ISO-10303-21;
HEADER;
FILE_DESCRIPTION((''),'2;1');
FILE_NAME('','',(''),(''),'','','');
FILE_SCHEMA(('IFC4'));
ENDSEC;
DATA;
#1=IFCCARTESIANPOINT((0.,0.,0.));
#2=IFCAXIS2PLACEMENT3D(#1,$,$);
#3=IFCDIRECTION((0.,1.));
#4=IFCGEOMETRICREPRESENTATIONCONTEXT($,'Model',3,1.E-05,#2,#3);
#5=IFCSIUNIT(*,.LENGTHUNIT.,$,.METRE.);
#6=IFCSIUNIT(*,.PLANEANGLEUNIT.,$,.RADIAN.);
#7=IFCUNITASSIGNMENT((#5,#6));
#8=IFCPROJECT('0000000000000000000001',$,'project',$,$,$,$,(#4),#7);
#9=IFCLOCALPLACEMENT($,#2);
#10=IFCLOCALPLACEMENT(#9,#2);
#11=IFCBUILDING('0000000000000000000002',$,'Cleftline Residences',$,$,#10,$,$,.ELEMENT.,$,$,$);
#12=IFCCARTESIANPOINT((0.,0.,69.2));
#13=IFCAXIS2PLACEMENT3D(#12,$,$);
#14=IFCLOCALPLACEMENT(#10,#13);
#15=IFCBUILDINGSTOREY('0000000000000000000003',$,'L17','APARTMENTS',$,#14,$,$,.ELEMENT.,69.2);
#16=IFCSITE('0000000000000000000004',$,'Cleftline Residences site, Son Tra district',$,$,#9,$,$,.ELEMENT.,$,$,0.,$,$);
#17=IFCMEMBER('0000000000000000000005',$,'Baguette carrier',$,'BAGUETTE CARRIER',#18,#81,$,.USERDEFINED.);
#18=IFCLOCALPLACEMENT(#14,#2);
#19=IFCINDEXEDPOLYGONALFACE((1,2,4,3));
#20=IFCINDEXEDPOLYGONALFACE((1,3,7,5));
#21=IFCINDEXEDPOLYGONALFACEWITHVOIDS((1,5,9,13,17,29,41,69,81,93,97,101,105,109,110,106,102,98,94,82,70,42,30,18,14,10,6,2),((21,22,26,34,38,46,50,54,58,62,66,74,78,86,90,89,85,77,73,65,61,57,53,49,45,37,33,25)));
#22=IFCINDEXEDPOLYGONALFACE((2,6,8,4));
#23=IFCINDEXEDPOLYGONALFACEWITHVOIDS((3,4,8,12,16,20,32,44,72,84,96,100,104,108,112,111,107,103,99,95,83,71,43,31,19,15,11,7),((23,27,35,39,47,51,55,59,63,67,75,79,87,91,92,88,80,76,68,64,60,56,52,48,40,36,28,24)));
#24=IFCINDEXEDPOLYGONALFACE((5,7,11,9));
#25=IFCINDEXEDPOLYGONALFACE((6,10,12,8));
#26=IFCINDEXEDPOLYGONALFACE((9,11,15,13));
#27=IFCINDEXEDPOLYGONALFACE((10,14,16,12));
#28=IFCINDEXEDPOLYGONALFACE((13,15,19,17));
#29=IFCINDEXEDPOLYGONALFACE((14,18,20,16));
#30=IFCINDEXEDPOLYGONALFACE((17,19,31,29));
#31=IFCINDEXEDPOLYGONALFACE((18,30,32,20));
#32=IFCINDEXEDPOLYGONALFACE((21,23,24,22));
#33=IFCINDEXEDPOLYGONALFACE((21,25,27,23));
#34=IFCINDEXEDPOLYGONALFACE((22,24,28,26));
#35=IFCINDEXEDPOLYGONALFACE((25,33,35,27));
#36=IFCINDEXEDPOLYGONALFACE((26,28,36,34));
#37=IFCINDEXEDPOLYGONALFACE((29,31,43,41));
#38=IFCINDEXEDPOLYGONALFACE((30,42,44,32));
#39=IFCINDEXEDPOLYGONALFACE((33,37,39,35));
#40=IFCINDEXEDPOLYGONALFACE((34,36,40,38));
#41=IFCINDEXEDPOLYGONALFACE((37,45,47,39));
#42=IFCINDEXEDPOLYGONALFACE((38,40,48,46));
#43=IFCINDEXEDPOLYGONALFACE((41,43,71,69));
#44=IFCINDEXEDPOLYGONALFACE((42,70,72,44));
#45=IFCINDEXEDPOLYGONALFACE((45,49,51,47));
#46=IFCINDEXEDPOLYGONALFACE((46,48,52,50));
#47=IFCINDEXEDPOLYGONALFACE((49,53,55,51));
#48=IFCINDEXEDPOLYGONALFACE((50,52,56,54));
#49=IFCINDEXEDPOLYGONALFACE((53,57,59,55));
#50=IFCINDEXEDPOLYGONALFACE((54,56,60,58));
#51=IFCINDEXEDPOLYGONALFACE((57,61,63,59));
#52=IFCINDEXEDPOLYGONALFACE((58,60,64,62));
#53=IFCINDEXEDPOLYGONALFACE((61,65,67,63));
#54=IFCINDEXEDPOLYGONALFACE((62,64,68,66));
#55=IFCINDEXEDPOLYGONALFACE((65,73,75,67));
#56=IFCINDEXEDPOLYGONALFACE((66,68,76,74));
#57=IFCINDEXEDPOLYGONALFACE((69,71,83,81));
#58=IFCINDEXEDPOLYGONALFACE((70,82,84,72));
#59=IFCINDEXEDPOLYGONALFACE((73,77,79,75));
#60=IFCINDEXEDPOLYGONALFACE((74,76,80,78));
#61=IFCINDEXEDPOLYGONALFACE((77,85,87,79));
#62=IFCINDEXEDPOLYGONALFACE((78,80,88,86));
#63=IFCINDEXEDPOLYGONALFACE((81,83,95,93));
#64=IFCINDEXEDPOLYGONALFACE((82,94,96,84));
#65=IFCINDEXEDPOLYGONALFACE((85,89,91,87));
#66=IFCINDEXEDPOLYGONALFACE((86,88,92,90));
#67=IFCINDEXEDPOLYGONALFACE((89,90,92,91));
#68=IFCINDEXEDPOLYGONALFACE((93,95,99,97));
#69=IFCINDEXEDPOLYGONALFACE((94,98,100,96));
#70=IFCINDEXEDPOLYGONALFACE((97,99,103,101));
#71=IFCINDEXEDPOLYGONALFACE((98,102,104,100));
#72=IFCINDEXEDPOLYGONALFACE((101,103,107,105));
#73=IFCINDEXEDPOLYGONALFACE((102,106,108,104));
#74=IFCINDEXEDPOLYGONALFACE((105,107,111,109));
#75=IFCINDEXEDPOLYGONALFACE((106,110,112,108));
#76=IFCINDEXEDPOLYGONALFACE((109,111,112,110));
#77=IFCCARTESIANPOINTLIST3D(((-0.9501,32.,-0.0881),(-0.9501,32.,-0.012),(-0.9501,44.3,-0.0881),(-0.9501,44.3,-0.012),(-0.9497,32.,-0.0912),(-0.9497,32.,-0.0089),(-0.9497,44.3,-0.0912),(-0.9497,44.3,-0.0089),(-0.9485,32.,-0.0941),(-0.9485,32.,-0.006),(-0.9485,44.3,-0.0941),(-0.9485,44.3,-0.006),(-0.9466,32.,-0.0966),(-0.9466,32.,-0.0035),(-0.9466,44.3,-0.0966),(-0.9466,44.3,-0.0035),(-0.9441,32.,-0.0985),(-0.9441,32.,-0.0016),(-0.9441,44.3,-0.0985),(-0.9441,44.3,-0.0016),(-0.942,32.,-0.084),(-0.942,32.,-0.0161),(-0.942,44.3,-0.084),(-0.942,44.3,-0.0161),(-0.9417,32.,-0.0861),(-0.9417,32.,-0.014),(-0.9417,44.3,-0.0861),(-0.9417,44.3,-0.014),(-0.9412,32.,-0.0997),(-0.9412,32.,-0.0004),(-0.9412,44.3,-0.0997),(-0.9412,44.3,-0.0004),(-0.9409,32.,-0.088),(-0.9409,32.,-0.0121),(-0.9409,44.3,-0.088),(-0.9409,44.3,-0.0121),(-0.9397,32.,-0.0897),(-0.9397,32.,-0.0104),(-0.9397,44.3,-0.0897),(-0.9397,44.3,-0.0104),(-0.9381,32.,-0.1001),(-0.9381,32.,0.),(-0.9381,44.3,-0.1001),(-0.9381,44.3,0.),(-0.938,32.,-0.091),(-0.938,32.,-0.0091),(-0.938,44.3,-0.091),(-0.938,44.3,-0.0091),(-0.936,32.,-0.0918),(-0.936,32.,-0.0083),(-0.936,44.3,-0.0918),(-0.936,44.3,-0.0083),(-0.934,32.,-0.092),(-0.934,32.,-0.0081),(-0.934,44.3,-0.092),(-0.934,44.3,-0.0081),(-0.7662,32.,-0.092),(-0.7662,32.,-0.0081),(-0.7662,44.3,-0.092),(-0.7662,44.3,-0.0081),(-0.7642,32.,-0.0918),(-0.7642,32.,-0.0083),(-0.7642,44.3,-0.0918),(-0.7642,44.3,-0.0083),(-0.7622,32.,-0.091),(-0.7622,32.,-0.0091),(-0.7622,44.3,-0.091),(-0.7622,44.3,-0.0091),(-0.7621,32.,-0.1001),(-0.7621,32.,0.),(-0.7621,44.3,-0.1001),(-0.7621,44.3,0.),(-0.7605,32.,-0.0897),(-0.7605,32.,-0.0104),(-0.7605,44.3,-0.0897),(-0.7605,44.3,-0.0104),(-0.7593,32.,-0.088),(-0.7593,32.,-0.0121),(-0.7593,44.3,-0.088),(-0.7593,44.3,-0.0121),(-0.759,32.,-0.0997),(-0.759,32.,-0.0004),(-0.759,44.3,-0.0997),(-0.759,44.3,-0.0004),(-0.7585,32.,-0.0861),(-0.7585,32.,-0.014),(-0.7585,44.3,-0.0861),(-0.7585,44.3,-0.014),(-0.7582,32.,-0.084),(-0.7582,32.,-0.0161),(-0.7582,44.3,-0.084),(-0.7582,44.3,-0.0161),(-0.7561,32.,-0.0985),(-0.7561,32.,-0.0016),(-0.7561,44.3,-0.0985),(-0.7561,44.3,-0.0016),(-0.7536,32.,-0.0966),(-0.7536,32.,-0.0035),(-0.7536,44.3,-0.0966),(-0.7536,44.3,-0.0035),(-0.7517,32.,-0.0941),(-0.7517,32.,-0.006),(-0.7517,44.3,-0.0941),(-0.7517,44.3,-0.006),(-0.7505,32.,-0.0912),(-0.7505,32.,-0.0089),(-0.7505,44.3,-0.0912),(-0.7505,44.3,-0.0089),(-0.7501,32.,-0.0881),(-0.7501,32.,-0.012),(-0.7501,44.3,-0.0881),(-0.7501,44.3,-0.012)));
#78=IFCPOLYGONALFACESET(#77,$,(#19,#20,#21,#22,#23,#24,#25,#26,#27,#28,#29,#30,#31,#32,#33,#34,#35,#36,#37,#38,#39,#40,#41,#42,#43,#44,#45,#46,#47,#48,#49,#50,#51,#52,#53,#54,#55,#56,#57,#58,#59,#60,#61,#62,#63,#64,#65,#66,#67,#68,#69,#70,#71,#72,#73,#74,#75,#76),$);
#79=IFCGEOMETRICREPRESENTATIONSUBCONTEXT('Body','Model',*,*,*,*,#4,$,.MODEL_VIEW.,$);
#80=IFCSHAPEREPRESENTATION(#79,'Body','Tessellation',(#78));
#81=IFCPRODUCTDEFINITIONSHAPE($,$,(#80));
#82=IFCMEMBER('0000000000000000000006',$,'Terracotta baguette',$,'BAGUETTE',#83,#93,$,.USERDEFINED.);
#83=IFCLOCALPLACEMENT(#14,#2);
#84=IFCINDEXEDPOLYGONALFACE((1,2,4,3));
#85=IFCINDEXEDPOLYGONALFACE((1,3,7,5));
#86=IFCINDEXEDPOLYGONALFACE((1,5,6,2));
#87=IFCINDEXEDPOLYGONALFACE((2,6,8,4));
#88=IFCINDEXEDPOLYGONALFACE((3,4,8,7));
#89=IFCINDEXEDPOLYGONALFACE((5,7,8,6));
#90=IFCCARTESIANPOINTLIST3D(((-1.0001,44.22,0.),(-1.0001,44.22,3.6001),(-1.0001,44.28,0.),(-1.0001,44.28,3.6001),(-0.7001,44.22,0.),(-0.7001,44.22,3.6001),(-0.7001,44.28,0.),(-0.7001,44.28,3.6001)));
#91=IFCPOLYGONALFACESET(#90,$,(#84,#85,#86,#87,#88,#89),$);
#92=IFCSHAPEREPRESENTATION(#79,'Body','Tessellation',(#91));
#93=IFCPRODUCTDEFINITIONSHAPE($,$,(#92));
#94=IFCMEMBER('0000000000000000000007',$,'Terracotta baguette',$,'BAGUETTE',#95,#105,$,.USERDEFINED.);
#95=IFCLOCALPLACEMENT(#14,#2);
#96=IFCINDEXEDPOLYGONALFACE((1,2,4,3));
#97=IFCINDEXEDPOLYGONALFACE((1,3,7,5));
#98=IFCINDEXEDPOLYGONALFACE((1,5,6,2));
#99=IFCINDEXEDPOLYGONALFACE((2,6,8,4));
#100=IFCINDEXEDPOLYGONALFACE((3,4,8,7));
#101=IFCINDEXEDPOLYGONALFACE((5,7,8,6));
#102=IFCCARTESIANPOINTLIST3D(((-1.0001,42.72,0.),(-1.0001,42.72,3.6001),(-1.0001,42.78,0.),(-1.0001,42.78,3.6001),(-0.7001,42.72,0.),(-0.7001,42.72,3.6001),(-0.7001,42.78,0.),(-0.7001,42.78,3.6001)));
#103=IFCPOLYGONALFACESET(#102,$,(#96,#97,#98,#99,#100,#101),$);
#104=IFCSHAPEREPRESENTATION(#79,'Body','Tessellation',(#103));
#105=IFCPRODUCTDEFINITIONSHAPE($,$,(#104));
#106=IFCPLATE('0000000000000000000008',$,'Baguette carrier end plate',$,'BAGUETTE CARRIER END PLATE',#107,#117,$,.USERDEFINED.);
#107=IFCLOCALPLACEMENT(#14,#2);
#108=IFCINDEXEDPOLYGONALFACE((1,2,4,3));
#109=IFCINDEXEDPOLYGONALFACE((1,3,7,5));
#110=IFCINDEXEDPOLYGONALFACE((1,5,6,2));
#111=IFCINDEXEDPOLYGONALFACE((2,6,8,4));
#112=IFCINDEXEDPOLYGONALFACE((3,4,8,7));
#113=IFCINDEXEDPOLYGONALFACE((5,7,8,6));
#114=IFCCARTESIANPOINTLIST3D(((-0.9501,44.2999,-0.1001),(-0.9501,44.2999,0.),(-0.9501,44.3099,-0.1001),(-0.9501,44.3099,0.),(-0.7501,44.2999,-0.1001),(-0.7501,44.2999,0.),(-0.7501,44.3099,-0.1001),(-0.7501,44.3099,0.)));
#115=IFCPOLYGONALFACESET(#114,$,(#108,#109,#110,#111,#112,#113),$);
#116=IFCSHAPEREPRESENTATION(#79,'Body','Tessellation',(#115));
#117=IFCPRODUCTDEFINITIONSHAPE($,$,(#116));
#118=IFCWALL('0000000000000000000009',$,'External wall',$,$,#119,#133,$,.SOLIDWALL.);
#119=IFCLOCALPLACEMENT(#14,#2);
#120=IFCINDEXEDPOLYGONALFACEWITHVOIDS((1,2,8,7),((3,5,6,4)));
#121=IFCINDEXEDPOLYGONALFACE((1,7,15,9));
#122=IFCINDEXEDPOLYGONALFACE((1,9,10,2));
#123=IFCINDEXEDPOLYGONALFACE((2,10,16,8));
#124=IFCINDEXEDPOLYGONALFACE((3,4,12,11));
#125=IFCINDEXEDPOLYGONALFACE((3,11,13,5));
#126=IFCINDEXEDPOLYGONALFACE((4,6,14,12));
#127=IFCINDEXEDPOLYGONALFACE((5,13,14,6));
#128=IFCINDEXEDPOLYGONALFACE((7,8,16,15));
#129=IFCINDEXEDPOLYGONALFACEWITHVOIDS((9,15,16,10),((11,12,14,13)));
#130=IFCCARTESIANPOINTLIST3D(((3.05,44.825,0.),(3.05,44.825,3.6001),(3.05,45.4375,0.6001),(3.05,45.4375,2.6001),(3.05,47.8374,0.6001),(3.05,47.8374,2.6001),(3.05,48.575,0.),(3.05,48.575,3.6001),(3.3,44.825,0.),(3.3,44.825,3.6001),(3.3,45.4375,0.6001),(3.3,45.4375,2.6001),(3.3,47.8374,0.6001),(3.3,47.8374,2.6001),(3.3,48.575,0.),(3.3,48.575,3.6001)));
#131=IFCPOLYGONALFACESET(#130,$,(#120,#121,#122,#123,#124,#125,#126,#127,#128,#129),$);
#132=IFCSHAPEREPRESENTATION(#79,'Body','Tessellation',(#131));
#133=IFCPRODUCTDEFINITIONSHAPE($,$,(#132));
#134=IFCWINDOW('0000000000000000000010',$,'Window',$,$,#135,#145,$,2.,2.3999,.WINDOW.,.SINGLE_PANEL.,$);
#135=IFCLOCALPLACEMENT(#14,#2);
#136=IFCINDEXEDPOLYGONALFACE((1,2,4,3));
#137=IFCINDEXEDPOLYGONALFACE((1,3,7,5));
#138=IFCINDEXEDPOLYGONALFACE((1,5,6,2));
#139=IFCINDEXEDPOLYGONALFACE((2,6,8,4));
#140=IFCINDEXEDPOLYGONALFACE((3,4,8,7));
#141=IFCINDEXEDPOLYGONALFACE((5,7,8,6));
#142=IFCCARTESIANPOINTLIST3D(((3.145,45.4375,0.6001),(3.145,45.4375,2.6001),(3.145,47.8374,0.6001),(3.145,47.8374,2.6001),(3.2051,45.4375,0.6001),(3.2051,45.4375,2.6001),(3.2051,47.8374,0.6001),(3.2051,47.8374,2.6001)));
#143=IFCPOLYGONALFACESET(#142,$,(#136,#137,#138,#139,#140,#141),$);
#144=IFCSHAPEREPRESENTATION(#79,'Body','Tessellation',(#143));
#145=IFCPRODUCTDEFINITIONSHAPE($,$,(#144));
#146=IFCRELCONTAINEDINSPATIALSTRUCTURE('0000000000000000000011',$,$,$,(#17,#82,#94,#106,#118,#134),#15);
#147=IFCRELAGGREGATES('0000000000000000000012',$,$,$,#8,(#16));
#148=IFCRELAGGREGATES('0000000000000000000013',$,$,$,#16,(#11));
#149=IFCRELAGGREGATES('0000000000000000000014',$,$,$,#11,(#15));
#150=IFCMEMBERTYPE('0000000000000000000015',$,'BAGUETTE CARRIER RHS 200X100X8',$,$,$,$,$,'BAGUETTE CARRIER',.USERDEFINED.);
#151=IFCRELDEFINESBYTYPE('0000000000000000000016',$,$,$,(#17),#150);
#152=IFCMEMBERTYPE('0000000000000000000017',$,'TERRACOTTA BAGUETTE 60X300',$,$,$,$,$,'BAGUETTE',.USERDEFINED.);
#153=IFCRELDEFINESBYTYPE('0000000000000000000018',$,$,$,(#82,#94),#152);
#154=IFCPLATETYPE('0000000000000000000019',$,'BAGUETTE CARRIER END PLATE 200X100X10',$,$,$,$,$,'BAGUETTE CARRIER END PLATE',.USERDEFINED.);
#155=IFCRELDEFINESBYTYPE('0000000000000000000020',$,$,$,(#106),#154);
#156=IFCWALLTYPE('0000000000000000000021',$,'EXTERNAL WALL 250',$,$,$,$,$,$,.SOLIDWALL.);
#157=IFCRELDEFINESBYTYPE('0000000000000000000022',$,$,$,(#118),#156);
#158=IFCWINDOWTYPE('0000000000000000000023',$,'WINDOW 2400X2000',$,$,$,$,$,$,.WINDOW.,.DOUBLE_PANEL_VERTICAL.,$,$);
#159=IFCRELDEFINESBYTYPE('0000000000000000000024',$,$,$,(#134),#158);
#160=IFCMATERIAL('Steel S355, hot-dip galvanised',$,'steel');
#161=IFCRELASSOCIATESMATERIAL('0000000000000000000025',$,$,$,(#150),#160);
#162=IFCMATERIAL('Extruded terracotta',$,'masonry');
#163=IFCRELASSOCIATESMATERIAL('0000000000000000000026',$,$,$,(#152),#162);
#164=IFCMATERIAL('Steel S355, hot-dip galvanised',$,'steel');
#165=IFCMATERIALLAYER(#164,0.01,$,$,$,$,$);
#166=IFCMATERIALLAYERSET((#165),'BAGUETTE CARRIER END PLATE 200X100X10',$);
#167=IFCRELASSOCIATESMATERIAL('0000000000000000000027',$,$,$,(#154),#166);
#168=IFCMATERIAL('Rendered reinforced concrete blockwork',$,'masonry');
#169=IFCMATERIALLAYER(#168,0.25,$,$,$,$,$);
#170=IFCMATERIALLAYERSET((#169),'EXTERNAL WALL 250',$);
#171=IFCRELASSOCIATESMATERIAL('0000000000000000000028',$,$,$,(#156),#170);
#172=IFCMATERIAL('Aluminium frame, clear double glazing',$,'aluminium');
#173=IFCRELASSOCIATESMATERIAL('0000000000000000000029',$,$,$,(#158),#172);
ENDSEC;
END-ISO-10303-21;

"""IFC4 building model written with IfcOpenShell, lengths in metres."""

from ifc_helpers import new_model, si_unit, direction, frame, frame_2d, origin, origin_2d, place, context, subcontext, project, spatial, rectangle, hollow_rectangle, extrude, material, layer, layer_set, material_profile, profile_set, type_object, element, fill, save


model = new_model("IFC4")

# Units and contexts
model_context = context("Model", 3, precision=1e-05, world=origin(), true_north=direction((0.0, 1.0)))
body_context = subcontext(model_context, "Body", "Model", "MODEL_VIEW")
ifc_project = project(units=[si_unit("LENGTHUNIT", "METRE"), si_unit("PLANEANGLEUNIT", "RADIAN")], contexts=[model_context])

# Site, building, storey
site_placement = place(None, origin())
site = spatial("IfcSite", under=ifc_project, at=site_placement, Name="Cleftline Residences site, Son Tra district", CompositionType="ELEMENT", RefElevation=0.0)
building_placement = place(site_placement, origin())
building = spatial("IfcBuilding", under=site, at=building_placement, Name="Cleftline Residences", CompositionType="ELEMENT")
storey_placement = place(building_placement, frame((0.0, 0.0, 69.2)))
storey = spatial("IfcBuildingStorey", under=building, at=storey_placement, Name="L17", Description="APARTMENTS", CompositionType="ELEMENT", Elevation=69.2)

# Members
ifc_material_1 = material(Name="Steel S355, hot-dip galvanised", Category="steel")
ifc_material_profile_1 = material_profile(ifc_material_1, hollow_rectangle(XDim=0.1001, YDim=0.2, WallThickness=0.0081, InnerFilletRadius=0.0081, OuterFilletRadius=0.012, at=origin_2d()))
ifc_profile_set_1 = profile_set([ifc_material_profile_1], Name="Steel S355, hot-dip galvanised")
member_type_1 = type_object("IfcMemberType", Name="BAGUETTE CARRIER RHS 200X100X8", ElementType="BAGUETTE CARRIER", PredefinedType="USERDEFINED", material=ifc_profile_set_1)
member_placement = place(storey_placement, frame((-0.8501, 44.3, -0.05), z_axis=(0.0, -1.0, 0.0), x_axis=(0.0, 0.0, 1.0)))
element("IfcMember", 1, at=member_placement, inside=storey, type_object=member_type_1, Name="Baguette carrier", ObjectType="BAGUETTE CARRIER", PredefinedType="USERDEFINED", context=body_context, shape_type="SweptSolid", body=[
    extrude(hollow_rectangle(XDim=0.1001, YDim=0.2, WallThickness=0.0081, InnerFilletRadius=0.0081, OuterFilletRadius=0.012, at=origin_2d()), origin(), (0.0, 0.0, 1.0), 12.3),
])
ifc_material_2 = material(Name="Extruded terracotta", Category="masonry")
ifc_material_profile_2 = material_profile(ifc_material_2, rectangle(XDim=0.0601, YDim=0.3, at=origin_2d()))
ifc_profile_set_2 = profile_set([ifc_material_profile_2], Name="Extruded terracotta")
member_type_2 = type_object("IfcMemberType", Name="TERRACOTTA BAGUETTE 60X300", ElementType="BAGUETTE", PredefinedType="USERDEFINED", material=ifc_profile_set_2)
for number, where, z_axis, x_axis, name in (
    (2, (-0.8501, 44.25, 0.0), (0.0, 0.0, 1.0), (0.0, 1.0, 0.0), "Terracotta baguette"),
    (3, (-0.8501, 42.75, 0.0), (0.0, 0.0, 1.0), (0.0, 1.0, 0.0), "Terracotta baguette"),
):
    element("IfcMember", number, at=place(storey_placement, frame(where, z_axis=z_axis, x_axis=x_axis)), inside=storey, type_object=member_type_2, Name=name, ObjectType="BAGUETTE", PredefinedType="USERDEFINED", context=body_context, shape_type="SweptSolid", body=[
        extrude(rectangle(XDim=0.0601, YDim=0.3, at=origin_2d()), origin(), (0.0, 0.0, 1.0), 3.6001),
    ])

# Plate
ifc_material_3 = material(Name="Steel S355, hot-dip galvanised", Category="steel")
ifc_layer_1 = layer(ifc_material_3, 0.01)
ifc_layer_set_1 = layer_set([ifc_layer_1], Name="BAGUETTE CARRIER END PLATE 200X100X10")
plate_type = type_object("IfcPlateType", Name="BAGUETTE CARRIER END PLATE 200X100X10", ElementType="BAGUETTE CARRIER END PLATE", PredefinedType="USERDEFINED", material=ifc_layer_set_1)
plate_placement = place(storey_placement, frame((-0.8501, 44.3049, -0.1001), z_axis=(0.0, 0.0, 1.0), x_axis=(-1.0, 0.0, 0.0)))
element("IfcPlate", 4, at=plate_placement, inside=storey, type_object=plate_type, Name="Baguette carrier end plate", ObjectType="BAGUETTE CARRIER END PLATE", PredefinedType="USERDEFINED", context=body_context, shape_type="SweptSolid", body=[
    extrude(rectangle(XDim=0.2, YDim=0.01, at=origin_2d()), origin(), (0.0, 0.0, 1.0), 0.1001),
])

# Wall, opening, window
ifc_material_4 = material(Name="Rendered reinforced concrete blockwork", Category="masonry")
ifc_layer_2 = layer(ifc_material_4, 0.25)
ifc_layer_set_2 = layer_set([ifc_layer_2], Name="EXTERNAL WALL 250")
wall_type = type_object("IfcWallType", Name="EXTERNAL WALL 250", PredefinedType="SOLIDWALL", material=ifc_layer_set_2)
wall_1_placement = place(storey_placement, frame((3.175, 48.575, 0.0), z_axis=(0.0, 0.0, 1.0), x_axis=(0.0, -1.0, 0.0)))
wall_1 = element("IfcWall", 5, at=wall_1_placement, inside=storey, type_object=wall_type, Name="External wall", PredefinedType="SOLIDWALL", context=body_context, shape_type="SweptSolid", body=[
    extrude(rectangle(XDim=3.75, YDim=0.25, at=frame_2d((1.875, 0.0))), origin(), (0.0, 0.0, 1.0), 3.6001),
])
opening_1_placement = place(wall_1_placement, frame((0.7375, 0.0, 0.6001)))
opening_1 = element("IfcOpeningElement", 6, at=opening_1_placement, cuts=wall_1, PredefinedType="OPENING", context=body_context, shape_type="SweptSolid", body=[
    extrude(rectangle(XDim=2.3999, YDim=2.0, at=frame_2d((1.2, 1.0))), frame((0.0, 0.135, 0.0), z_axis=(0.0, -1.0, 0.0), x_axis=(1.0, 0.0, 0.0)), (0.0, 0.0, 1.0), 0.27),
])
ifc_material_5 = material(Name="Aluminium frame, clear double glazing", Category="aluminium")
window_type_1 = type_object("IfcWindowType", Name="WINDOW 2400X2000", PartitioningType="DOUBLE_PANEL_VERTICAL", PredefinedType="WINDOW", material=ifc_material_5)
window_1_placement = place(opening_1_placement, origin())
window_1 = element("IfcWindow", 7, at=window_1_placement, inside=storey, type_object=window_type_1, Name="Window", OverallHeight=2.0, OverallWidth=2.3999, PartitioningType="SINGLE_PANEL", PredefinedType="WINDOW", context=body_context, shape_type="SweptSolid", body=[
    extrude(rectangle(XDim=2.3999, YDim=2.0, at=frame_2d((1.2, 1.0))), frame((0.0, 0.03, 0.0), z_axis=(0.0, -1.0, 0.0), x_axis=(1.0, 0.0, 0.0)), (0.0, 0.0, 1.0), 0.0601),
])
fill(opening_1, window_1)

save(model, "model.ifc")
